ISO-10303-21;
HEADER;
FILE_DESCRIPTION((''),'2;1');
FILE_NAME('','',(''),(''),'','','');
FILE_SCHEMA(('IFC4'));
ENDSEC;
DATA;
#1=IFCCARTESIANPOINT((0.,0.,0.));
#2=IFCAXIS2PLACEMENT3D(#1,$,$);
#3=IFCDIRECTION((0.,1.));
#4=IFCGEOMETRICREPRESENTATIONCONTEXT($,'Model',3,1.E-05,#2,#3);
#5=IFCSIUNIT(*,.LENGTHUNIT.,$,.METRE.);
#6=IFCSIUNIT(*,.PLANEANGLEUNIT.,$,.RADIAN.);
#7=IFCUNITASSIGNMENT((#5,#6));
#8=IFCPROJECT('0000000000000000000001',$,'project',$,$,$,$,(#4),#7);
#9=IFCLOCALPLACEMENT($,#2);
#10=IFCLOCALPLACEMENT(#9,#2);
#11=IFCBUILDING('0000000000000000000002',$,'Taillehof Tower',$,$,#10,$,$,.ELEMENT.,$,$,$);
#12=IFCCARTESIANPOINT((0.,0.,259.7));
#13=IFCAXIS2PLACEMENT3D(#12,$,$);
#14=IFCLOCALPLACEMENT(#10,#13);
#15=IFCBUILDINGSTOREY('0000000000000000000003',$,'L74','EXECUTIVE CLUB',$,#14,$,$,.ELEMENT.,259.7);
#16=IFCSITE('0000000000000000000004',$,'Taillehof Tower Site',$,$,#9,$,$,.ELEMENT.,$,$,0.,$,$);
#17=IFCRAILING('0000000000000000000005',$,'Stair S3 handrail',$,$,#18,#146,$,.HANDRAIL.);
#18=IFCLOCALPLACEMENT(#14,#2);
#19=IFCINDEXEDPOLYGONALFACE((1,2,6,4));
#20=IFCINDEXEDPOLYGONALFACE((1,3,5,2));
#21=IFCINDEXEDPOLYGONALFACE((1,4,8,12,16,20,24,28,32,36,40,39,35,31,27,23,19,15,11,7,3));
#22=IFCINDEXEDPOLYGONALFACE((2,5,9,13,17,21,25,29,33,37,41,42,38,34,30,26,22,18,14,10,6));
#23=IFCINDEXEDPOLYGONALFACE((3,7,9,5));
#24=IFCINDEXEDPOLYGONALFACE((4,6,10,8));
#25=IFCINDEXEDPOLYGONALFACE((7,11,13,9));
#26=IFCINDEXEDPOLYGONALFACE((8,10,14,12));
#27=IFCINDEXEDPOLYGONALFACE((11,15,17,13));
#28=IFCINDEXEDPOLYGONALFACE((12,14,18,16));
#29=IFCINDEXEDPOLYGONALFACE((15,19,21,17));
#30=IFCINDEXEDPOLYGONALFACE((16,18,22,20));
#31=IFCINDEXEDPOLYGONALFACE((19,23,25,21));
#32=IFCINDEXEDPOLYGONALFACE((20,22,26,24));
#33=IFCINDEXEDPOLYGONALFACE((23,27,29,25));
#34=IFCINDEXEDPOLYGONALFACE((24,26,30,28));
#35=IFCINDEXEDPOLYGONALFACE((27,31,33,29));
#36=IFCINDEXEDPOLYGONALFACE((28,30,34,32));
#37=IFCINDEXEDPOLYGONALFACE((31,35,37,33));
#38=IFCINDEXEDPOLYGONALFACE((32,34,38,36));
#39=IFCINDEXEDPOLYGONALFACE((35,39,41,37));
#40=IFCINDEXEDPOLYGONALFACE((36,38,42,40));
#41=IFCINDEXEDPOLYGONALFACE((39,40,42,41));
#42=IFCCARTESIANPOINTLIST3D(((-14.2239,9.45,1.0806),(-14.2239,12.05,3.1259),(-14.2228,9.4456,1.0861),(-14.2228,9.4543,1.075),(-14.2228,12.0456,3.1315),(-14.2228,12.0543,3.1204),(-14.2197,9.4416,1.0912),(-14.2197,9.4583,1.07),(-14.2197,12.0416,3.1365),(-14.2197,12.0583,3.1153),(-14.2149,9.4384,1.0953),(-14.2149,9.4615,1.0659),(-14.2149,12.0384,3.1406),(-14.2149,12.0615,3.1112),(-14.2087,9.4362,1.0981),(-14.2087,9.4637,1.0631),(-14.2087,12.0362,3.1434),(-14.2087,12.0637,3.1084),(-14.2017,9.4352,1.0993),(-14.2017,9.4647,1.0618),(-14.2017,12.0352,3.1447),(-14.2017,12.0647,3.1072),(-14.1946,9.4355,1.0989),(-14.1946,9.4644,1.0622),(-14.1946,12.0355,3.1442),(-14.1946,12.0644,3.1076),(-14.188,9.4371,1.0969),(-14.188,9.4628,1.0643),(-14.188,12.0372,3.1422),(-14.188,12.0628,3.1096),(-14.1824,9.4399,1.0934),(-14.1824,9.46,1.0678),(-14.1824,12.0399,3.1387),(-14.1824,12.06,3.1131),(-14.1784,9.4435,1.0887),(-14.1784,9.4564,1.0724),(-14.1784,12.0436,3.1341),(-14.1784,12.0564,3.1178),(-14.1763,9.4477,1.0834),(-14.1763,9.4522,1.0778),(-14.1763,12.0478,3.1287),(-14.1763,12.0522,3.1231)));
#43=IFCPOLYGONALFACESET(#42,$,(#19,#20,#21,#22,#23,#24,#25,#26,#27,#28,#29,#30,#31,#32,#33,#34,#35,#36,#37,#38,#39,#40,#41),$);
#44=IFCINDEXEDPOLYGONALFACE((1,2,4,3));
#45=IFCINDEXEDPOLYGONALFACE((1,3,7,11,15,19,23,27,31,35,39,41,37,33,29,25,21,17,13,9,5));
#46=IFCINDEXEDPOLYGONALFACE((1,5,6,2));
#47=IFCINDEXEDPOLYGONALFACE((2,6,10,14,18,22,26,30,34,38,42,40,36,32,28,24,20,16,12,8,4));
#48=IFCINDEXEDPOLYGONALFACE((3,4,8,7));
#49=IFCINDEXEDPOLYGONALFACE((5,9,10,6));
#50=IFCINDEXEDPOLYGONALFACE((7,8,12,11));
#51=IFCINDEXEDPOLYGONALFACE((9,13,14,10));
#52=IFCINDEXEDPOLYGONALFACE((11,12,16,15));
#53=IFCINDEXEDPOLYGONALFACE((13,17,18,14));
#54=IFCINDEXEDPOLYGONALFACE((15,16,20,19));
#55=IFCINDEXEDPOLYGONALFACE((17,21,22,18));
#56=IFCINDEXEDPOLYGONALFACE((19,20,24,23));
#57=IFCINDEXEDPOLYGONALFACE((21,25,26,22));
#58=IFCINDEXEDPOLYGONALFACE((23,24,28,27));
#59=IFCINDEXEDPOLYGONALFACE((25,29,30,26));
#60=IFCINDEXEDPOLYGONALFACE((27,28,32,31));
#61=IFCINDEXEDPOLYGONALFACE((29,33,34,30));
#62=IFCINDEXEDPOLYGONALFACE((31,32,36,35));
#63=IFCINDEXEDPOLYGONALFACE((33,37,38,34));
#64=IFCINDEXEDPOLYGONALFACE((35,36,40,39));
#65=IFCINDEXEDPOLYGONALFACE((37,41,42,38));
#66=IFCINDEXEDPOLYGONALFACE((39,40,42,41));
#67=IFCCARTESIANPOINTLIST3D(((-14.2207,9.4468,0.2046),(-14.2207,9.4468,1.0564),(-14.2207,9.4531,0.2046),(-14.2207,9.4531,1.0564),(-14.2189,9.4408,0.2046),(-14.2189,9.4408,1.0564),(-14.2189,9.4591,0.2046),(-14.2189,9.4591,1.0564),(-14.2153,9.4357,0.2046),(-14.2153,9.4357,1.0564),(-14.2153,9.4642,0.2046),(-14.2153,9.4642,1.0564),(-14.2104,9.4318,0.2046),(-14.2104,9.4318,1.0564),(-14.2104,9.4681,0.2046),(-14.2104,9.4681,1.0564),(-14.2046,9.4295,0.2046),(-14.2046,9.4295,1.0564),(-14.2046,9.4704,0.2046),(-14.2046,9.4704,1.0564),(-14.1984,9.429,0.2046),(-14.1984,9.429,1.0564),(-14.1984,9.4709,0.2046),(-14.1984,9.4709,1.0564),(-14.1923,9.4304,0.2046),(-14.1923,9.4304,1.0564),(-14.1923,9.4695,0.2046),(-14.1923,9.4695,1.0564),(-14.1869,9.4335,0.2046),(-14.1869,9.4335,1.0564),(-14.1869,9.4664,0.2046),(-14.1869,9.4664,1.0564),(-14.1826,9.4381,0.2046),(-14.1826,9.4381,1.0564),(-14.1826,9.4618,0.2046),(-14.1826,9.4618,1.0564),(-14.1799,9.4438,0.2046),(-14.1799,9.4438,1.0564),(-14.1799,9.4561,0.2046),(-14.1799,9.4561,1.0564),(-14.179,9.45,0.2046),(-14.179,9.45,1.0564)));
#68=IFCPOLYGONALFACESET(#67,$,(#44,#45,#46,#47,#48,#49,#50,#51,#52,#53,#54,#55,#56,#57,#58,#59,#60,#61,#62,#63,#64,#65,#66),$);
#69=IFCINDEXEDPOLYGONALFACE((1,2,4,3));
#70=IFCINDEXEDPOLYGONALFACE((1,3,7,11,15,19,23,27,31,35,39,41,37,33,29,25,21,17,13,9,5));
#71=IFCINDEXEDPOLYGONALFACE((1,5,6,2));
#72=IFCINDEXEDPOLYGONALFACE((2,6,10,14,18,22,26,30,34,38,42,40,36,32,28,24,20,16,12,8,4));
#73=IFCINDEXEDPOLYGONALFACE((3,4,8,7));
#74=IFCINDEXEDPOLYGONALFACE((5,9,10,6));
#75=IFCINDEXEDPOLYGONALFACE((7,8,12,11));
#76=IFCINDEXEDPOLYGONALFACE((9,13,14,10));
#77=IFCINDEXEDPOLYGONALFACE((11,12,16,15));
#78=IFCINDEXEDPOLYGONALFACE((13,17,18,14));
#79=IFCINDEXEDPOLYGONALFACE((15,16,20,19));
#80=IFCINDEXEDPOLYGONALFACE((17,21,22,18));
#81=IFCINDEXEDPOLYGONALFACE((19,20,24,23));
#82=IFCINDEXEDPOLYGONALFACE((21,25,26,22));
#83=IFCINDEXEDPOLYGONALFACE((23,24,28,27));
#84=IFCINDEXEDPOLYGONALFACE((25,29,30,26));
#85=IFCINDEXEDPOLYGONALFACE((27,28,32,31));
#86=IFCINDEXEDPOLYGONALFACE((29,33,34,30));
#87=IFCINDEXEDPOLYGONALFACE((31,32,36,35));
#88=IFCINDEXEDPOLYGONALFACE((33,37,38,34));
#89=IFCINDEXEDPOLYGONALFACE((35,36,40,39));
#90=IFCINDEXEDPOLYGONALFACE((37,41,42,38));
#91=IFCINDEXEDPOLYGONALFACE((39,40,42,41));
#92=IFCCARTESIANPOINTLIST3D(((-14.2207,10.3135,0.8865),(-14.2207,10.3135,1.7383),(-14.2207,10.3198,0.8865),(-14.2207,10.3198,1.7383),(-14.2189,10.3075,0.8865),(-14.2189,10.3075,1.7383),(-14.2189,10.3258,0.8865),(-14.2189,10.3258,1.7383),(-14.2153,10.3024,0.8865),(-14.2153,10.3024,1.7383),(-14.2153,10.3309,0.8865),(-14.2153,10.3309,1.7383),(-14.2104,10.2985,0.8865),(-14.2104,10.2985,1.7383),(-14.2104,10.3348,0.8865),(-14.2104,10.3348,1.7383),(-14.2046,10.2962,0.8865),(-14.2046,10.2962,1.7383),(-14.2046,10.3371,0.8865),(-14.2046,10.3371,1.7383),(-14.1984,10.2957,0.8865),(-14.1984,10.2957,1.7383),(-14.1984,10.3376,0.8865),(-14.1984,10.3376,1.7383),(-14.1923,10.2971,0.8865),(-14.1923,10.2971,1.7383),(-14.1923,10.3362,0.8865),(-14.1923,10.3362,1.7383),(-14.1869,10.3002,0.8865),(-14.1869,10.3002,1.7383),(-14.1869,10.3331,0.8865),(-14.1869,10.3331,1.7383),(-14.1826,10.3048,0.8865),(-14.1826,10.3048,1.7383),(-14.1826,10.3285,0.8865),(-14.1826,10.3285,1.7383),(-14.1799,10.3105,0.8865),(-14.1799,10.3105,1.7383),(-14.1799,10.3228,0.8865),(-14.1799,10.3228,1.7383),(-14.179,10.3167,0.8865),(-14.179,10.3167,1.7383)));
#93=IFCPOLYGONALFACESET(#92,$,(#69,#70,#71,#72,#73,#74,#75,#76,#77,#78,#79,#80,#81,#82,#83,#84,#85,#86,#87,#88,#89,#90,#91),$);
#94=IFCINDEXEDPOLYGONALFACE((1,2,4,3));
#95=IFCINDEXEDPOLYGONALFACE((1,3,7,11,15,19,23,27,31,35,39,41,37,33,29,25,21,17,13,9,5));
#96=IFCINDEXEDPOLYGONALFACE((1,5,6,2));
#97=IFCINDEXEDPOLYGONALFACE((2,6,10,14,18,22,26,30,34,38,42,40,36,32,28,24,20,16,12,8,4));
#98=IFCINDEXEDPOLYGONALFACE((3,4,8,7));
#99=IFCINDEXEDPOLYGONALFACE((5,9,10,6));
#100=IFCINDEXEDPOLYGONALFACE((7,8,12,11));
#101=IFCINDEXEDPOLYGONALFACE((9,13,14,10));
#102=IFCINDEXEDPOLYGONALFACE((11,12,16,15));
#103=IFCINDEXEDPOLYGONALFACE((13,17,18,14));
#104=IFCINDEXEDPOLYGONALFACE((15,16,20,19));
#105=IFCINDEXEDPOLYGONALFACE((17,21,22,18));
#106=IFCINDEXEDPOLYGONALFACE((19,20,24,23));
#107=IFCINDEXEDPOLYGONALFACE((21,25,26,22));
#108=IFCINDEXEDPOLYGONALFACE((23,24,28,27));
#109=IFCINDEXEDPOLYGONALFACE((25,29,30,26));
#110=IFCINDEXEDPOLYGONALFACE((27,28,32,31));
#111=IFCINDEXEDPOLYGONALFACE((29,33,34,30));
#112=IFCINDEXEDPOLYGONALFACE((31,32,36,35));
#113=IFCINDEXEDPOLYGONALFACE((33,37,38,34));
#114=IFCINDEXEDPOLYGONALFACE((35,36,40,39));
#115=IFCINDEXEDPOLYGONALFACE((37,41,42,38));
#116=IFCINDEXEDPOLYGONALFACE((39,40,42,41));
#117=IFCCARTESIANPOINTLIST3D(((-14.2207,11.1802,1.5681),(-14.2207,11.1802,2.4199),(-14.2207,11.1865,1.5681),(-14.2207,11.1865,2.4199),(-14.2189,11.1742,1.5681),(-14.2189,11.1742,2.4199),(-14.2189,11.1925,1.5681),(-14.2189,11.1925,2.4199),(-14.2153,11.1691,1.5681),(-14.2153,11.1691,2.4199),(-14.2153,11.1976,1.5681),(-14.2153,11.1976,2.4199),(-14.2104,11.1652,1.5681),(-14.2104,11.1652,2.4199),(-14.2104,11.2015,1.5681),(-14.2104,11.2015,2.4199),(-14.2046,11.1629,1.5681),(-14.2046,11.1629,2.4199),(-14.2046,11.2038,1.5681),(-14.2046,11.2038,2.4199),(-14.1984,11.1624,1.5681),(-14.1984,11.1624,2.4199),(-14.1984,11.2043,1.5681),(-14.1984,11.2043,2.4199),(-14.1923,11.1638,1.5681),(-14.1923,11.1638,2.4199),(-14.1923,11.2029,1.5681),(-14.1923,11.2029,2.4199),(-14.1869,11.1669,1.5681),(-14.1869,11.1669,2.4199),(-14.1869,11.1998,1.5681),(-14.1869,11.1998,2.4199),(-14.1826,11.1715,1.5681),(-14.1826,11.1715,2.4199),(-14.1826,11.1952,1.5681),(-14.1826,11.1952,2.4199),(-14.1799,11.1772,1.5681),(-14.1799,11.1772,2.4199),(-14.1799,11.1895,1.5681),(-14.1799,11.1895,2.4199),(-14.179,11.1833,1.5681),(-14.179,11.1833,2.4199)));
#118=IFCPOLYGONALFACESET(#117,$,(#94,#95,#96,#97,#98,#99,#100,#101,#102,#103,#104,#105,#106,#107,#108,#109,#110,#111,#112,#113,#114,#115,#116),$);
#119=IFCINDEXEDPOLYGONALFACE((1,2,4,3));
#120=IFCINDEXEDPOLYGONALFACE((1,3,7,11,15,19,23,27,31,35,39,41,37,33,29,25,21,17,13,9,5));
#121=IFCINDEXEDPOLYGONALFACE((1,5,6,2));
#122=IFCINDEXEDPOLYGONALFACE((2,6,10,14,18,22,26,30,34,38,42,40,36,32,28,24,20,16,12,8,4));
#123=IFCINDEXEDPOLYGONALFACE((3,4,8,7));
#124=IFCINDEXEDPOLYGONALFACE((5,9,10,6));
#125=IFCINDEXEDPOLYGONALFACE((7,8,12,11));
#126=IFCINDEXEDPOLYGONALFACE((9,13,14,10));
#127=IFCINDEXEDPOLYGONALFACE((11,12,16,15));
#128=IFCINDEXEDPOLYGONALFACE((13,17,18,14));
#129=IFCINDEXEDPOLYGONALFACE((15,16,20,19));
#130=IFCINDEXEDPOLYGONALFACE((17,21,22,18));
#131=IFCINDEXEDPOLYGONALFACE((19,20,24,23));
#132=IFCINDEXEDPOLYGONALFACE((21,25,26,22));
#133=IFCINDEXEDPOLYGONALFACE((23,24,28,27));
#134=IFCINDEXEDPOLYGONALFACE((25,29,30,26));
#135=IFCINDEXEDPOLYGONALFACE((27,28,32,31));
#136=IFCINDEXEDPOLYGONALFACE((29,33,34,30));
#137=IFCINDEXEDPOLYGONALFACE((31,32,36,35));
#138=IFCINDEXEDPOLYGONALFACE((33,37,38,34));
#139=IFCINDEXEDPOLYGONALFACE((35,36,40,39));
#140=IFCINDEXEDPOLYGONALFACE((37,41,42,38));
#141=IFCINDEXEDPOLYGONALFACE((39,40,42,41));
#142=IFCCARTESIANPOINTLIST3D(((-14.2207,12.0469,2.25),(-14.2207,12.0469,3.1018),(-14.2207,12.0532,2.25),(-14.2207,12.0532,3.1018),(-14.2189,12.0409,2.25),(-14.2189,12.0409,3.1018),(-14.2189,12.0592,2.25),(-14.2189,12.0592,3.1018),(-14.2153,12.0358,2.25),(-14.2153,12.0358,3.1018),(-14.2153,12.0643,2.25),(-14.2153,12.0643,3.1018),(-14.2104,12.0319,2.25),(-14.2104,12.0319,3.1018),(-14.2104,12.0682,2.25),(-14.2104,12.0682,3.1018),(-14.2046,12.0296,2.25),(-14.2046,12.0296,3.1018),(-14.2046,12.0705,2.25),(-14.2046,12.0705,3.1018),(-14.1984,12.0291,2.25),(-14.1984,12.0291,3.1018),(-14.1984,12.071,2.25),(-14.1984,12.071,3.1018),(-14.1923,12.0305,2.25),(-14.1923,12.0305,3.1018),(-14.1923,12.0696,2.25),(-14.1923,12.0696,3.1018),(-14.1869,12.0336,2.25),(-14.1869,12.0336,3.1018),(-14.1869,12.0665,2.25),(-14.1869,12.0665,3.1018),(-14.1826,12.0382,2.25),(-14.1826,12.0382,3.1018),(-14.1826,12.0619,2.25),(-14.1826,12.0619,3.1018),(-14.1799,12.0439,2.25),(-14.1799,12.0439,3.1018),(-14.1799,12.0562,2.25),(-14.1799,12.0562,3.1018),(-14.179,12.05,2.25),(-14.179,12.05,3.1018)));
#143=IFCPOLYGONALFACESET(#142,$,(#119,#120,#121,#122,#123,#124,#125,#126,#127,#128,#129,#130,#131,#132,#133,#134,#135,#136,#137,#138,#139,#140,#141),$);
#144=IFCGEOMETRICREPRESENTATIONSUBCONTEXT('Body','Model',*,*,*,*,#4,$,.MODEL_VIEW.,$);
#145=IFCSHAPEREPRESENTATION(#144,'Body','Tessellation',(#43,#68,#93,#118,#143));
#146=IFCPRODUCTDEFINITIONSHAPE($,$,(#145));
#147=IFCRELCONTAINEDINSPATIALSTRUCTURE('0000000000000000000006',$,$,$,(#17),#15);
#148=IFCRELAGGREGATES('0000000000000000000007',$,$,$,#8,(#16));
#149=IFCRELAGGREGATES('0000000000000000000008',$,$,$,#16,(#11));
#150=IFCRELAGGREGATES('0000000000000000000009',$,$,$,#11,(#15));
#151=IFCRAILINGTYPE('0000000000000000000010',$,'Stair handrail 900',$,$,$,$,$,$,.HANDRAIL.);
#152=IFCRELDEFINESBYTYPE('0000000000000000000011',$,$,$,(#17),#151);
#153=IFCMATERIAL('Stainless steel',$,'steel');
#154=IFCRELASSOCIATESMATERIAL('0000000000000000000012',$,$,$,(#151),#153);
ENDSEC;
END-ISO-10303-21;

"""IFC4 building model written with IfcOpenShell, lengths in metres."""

from ifc_helpers import new_model, si_unit, direction, frame, origin, origin_2d, place, context, subcontext, project, spatial, circle, extrude, material, type_object, element, save


model = new_model("IFC4")

# Units and contexts
model_context = context("Model", 3, precision=1e-05, world=origin(), true_north=direction((0.0, 1.0)))
body_context = subcontext(model_context, "Body", "Model", "MODEL_VIEW")
ifc_project = project(units=[si_unit("LENGTHUNIT", "METRE"), si_unit("PLANEANGLEUNIT", "RADIAN")], contexts=[model_context])

# Site, building, storey
site_placement = place(None, origin())
site = spatial("IfcSite", under=ifc_project, at=site_placement, Name="Taillehof Tower Site", CompositionType="ELEMENT", RefElevation=0.0)
building_placement = place(site_placement, origin())
building = spatial("IfcBuilding", under=site, at=building_placement, Name="Taillehof Tower", CompositionType="ELEMENT")
storey_placement = place(building_placement, frame((0.0, 0.0, 259.7)))
storey = spatial("IfcBuildingStorey", under=building, at=storey_placement, Name="L74", Description="EXECUTIVE CLUB", CompositionType="ELEMENT", Elevation=259.7)

# Railing
ifc_material_1 = material(Name="Stainless steel", Category="steel")
railing_type = type_object("IfcRailingType", Name="Stair handrail 900", PredefinedType="HANDRAIL", material=ifc_material_1)
railing_placement = place(storey_placement, frame((-14.2, 9.45, 0.2046)))
element("IfcRailing", 1, at=railing_placement, inside=storey, type_object=railing_type, Name="Stair S3 handrail", PredefinedType="HANDRAIL", context=body_context, shape_type="SweptSolid", body=[
    extrude(circle(Radius=0.0239, at=origin_2d()), frame((0.0, 0.0, 0.876), z_axis=(0.0, 0.785955, 0.618284), x_axis=(-1.0, 0.0, 0.0)), (0.0, 0.0, 1.0), 3.3081),
    extrude(circle(Radius=0.021, at=origin_2d()), origin(), (0.0, 0.0, 1.0), 0.8518),
    extrude(circle(Radius=0.021, at=origin_2d()), frame((0.0, 0.8667, 0.6819)), (0.0, 0.0, 1.0), 0.8518),
    extrude(circle(Radius=0.021, at=origin_2d()), frame((0.0, 1.7334, 1.3635)), (0.0, 0.0, 1.0), 0.8518),
    extrude(circle(Radius=0.021, at=origin_2d()), frame((0.0, 2.6001, 2.0454)), (0.0, 0.0, 1.0), 0.8518),
])

save(model, "model.ifc")
